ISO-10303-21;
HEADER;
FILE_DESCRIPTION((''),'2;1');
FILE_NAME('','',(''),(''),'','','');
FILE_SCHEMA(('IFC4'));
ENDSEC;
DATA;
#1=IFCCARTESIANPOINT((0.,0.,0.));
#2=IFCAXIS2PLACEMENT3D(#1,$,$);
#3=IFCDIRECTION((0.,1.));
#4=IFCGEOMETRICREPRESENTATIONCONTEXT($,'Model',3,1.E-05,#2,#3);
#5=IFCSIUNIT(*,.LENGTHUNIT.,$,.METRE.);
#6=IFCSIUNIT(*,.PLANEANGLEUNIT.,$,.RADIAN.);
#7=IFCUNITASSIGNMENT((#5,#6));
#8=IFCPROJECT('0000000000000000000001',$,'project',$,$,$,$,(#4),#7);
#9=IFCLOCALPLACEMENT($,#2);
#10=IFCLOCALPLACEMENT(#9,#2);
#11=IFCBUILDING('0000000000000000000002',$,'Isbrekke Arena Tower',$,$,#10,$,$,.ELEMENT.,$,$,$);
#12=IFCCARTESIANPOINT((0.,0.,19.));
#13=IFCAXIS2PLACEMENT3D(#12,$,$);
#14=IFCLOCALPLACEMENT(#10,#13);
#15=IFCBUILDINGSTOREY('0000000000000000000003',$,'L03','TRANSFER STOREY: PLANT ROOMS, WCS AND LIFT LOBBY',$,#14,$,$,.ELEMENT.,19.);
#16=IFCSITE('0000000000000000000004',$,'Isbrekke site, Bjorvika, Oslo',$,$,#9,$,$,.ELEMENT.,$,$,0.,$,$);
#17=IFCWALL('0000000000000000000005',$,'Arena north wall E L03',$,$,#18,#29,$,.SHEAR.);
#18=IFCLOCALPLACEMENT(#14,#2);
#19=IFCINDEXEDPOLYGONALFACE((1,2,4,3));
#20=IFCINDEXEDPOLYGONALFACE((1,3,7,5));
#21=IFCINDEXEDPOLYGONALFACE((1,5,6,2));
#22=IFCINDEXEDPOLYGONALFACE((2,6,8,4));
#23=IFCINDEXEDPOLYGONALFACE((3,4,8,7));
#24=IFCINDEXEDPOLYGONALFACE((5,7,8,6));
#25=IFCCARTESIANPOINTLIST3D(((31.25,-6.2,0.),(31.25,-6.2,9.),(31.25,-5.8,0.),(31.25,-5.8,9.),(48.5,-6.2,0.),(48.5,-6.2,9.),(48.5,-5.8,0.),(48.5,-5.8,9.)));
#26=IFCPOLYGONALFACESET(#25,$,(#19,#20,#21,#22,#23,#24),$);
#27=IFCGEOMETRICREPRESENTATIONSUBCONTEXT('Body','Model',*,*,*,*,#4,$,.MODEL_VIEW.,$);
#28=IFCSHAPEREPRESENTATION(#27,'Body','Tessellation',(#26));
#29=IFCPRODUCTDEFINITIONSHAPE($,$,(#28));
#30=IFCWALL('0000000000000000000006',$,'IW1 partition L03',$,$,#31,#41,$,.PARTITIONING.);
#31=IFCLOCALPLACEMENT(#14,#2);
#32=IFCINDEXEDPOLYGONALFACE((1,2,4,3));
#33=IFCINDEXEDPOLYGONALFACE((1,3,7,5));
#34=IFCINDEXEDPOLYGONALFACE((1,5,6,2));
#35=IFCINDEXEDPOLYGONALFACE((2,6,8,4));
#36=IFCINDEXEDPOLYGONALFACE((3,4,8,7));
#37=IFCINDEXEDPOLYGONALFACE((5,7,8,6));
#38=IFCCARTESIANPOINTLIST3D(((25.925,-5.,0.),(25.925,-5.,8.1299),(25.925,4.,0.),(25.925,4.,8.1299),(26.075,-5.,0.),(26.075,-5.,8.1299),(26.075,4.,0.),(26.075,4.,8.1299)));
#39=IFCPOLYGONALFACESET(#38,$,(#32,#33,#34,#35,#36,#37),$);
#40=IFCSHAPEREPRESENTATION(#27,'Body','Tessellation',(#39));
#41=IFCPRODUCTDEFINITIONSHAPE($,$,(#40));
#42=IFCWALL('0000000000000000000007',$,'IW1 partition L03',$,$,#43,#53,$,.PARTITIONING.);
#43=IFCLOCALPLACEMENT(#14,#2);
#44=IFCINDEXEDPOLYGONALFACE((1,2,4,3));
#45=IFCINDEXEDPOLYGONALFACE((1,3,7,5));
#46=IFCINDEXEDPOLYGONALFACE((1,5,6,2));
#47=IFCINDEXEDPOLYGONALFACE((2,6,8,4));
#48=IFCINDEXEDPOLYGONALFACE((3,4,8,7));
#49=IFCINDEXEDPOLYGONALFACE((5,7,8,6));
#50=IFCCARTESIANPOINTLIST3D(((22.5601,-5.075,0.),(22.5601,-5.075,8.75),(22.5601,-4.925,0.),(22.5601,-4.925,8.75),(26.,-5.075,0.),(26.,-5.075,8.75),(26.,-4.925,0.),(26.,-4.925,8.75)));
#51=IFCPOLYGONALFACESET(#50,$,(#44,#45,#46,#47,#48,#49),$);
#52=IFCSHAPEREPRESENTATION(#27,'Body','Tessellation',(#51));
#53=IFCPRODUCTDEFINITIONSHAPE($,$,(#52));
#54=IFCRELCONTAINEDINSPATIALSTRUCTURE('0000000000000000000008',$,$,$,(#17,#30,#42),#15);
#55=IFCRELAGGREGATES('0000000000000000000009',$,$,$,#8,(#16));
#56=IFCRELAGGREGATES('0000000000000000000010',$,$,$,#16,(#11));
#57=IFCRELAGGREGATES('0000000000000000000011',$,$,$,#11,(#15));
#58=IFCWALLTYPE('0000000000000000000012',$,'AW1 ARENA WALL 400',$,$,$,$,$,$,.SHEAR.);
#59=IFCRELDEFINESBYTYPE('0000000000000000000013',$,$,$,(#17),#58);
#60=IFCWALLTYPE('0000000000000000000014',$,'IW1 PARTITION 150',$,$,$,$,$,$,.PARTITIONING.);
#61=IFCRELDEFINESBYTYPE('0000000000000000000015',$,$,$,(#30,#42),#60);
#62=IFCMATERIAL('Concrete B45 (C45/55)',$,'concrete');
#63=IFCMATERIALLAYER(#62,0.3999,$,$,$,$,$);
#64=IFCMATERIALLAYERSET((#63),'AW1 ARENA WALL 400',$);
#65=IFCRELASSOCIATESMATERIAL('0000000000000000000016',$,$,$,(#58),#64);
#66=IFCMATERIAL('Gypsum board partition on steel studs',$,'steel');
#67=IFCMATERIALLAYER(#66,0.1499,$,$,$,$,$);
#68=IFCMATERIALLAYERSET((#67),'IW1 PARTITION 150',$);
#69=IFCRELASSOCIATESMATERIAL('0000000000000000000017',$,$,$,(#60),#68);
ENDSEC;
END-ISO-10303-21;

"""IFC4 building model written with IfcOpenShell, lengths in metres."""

from ifc_helpers import new_model, si_unit, direction, frame, frame_2d, origin, place, context, subcontext, project, spatial, rectangle, extrude, material, layer, layer_set, type_object, element, save


model = new_model("IFC4")

# Units and contexts
model_context = context("Model", 3, precision=1e-05, world=origin(), true_north=direction((0.0, 1.0)))
body_context = subcontext(model_context, "Body", "Model", "MODEL_VIEW")
ifc_project = project(units=[si_unit("LENGTHUNIT", "METRE"), si_unit("PLANEANGLEUNIT", "RADIAN")], contexts=[model_context])

# Site, building, storey
site_placement = place(None, origin())
site = spatial("IfcSite", under=ifc_project, at=site_placement, Name="Isbrekke site, Bjorvika, Oslo", CompositionType="ELEMENT", RefElevation=0.0)
building_placement = place(site_placement, origin())
building = spatial("IfcBuilding", under=site, at=building_placement, Name="Isbrekke Arena Tower", CompositionType="ELEMENT")
storey_placement = place(building_placement, frame((0.0, 0.0, 19.0)))
storey = spatial("IfcBuildingStorey", under=building, at=storey_placement, Name="L03", Description="TRANSFER STOREY: PLANT ROOMS, WCS AND LIFT LOBBY", CompositionType="ELEMENT", Elevation=19.0)

# Walls
ifc_material_1 = material(Name="Concrete B45 (C45/55)", Category="concrete")
ifc_layer_1 = layer(ifc_material_1, 0.3999)
ifc_layer_set_1 = layer_set([ifc_layer_1], Name="AW1 ARENA WALL 400")
wall_type_1 = type_object("IfcWallType", Name="AW1 ARENA WALL 400", PredefinedType="SHEAR", material=ifc_layer_set_1)
wall_1_placement = place(storey_placement, frame((31.25, -6.0, 0.0), z_axis=(0.0, 0.0, 1.0), x_axis=(1.0, 0.0, 0.0)))
element("IfcWall", 1, at=wall_1_placement, inside=storey, type_object=wall_type_1, Name="Arena north wall E L03", PredefinedType="SHEAR", context=body_context, shape_type="SweptSolid", body=[
    extrude(rectangle(XDim=17.25, YDim=0.3999, at=frame_2d((8.625, 0.0))), origin(), (0.0, 0.0, 1.0), 9.0),
])
ifc_material_2 = material(Name="Gypsum board partition on steel studs", Category="steel")
ifc_layer_2 = layer(ifc_material_2, 0.1499)
ifc_layer_set_2 = layer_set([ifc_layer_2], Name="IW1 PARTITION 150")
wall_type_2 = type_object("IfcWallType", Name="IW1 PARTITION 150", PredefinedType="PARTITIONING", material=ifc_layer_set_2)
wall_2_placement = place(storey_placement, frame((26.0, -5.0, 0.0), z_axis=(0.0, 0.0, 1.0), x_axis=(0.0, 1.0, 0.0)))
element("IfcWall", 2, at=wall_2_placement, inside=storey, type_object=wall_type_2, Name="IW1 partition L03", PredefinedType="PARTITIONING", context=body_context, shape_type="SweptSolid", body=[
    extrude(rectangle(XDim=9.0, YDim=0.1499, at=frame_2d((4.5, 0.0))), origin(), (0.0, 0.0, 1.0), 8.1299),
])
wall_3_placement = place(storey_placement, frame((22.5601, -5.0, 0.0), z_axis=(0.0, 0.0, 1.0), x_axis=(1.0, 0.0, 0.0)))
element("IfcWall", 3, at=wall_3_placement, inside=storey, type_object=wall_type_2, Name="IW1 partition L03", PredefinedType="PARTITIONING", context=body_context, shape_type="SweptSolid", body=[
    extrude(rectangle(XDim=3.4399, YDim=0.1499, at=frame_2d((1.72, 0.0))), origin(), (0.0, 0.0, 1.0), 8.75),
])

save(model, "model.ifc")
